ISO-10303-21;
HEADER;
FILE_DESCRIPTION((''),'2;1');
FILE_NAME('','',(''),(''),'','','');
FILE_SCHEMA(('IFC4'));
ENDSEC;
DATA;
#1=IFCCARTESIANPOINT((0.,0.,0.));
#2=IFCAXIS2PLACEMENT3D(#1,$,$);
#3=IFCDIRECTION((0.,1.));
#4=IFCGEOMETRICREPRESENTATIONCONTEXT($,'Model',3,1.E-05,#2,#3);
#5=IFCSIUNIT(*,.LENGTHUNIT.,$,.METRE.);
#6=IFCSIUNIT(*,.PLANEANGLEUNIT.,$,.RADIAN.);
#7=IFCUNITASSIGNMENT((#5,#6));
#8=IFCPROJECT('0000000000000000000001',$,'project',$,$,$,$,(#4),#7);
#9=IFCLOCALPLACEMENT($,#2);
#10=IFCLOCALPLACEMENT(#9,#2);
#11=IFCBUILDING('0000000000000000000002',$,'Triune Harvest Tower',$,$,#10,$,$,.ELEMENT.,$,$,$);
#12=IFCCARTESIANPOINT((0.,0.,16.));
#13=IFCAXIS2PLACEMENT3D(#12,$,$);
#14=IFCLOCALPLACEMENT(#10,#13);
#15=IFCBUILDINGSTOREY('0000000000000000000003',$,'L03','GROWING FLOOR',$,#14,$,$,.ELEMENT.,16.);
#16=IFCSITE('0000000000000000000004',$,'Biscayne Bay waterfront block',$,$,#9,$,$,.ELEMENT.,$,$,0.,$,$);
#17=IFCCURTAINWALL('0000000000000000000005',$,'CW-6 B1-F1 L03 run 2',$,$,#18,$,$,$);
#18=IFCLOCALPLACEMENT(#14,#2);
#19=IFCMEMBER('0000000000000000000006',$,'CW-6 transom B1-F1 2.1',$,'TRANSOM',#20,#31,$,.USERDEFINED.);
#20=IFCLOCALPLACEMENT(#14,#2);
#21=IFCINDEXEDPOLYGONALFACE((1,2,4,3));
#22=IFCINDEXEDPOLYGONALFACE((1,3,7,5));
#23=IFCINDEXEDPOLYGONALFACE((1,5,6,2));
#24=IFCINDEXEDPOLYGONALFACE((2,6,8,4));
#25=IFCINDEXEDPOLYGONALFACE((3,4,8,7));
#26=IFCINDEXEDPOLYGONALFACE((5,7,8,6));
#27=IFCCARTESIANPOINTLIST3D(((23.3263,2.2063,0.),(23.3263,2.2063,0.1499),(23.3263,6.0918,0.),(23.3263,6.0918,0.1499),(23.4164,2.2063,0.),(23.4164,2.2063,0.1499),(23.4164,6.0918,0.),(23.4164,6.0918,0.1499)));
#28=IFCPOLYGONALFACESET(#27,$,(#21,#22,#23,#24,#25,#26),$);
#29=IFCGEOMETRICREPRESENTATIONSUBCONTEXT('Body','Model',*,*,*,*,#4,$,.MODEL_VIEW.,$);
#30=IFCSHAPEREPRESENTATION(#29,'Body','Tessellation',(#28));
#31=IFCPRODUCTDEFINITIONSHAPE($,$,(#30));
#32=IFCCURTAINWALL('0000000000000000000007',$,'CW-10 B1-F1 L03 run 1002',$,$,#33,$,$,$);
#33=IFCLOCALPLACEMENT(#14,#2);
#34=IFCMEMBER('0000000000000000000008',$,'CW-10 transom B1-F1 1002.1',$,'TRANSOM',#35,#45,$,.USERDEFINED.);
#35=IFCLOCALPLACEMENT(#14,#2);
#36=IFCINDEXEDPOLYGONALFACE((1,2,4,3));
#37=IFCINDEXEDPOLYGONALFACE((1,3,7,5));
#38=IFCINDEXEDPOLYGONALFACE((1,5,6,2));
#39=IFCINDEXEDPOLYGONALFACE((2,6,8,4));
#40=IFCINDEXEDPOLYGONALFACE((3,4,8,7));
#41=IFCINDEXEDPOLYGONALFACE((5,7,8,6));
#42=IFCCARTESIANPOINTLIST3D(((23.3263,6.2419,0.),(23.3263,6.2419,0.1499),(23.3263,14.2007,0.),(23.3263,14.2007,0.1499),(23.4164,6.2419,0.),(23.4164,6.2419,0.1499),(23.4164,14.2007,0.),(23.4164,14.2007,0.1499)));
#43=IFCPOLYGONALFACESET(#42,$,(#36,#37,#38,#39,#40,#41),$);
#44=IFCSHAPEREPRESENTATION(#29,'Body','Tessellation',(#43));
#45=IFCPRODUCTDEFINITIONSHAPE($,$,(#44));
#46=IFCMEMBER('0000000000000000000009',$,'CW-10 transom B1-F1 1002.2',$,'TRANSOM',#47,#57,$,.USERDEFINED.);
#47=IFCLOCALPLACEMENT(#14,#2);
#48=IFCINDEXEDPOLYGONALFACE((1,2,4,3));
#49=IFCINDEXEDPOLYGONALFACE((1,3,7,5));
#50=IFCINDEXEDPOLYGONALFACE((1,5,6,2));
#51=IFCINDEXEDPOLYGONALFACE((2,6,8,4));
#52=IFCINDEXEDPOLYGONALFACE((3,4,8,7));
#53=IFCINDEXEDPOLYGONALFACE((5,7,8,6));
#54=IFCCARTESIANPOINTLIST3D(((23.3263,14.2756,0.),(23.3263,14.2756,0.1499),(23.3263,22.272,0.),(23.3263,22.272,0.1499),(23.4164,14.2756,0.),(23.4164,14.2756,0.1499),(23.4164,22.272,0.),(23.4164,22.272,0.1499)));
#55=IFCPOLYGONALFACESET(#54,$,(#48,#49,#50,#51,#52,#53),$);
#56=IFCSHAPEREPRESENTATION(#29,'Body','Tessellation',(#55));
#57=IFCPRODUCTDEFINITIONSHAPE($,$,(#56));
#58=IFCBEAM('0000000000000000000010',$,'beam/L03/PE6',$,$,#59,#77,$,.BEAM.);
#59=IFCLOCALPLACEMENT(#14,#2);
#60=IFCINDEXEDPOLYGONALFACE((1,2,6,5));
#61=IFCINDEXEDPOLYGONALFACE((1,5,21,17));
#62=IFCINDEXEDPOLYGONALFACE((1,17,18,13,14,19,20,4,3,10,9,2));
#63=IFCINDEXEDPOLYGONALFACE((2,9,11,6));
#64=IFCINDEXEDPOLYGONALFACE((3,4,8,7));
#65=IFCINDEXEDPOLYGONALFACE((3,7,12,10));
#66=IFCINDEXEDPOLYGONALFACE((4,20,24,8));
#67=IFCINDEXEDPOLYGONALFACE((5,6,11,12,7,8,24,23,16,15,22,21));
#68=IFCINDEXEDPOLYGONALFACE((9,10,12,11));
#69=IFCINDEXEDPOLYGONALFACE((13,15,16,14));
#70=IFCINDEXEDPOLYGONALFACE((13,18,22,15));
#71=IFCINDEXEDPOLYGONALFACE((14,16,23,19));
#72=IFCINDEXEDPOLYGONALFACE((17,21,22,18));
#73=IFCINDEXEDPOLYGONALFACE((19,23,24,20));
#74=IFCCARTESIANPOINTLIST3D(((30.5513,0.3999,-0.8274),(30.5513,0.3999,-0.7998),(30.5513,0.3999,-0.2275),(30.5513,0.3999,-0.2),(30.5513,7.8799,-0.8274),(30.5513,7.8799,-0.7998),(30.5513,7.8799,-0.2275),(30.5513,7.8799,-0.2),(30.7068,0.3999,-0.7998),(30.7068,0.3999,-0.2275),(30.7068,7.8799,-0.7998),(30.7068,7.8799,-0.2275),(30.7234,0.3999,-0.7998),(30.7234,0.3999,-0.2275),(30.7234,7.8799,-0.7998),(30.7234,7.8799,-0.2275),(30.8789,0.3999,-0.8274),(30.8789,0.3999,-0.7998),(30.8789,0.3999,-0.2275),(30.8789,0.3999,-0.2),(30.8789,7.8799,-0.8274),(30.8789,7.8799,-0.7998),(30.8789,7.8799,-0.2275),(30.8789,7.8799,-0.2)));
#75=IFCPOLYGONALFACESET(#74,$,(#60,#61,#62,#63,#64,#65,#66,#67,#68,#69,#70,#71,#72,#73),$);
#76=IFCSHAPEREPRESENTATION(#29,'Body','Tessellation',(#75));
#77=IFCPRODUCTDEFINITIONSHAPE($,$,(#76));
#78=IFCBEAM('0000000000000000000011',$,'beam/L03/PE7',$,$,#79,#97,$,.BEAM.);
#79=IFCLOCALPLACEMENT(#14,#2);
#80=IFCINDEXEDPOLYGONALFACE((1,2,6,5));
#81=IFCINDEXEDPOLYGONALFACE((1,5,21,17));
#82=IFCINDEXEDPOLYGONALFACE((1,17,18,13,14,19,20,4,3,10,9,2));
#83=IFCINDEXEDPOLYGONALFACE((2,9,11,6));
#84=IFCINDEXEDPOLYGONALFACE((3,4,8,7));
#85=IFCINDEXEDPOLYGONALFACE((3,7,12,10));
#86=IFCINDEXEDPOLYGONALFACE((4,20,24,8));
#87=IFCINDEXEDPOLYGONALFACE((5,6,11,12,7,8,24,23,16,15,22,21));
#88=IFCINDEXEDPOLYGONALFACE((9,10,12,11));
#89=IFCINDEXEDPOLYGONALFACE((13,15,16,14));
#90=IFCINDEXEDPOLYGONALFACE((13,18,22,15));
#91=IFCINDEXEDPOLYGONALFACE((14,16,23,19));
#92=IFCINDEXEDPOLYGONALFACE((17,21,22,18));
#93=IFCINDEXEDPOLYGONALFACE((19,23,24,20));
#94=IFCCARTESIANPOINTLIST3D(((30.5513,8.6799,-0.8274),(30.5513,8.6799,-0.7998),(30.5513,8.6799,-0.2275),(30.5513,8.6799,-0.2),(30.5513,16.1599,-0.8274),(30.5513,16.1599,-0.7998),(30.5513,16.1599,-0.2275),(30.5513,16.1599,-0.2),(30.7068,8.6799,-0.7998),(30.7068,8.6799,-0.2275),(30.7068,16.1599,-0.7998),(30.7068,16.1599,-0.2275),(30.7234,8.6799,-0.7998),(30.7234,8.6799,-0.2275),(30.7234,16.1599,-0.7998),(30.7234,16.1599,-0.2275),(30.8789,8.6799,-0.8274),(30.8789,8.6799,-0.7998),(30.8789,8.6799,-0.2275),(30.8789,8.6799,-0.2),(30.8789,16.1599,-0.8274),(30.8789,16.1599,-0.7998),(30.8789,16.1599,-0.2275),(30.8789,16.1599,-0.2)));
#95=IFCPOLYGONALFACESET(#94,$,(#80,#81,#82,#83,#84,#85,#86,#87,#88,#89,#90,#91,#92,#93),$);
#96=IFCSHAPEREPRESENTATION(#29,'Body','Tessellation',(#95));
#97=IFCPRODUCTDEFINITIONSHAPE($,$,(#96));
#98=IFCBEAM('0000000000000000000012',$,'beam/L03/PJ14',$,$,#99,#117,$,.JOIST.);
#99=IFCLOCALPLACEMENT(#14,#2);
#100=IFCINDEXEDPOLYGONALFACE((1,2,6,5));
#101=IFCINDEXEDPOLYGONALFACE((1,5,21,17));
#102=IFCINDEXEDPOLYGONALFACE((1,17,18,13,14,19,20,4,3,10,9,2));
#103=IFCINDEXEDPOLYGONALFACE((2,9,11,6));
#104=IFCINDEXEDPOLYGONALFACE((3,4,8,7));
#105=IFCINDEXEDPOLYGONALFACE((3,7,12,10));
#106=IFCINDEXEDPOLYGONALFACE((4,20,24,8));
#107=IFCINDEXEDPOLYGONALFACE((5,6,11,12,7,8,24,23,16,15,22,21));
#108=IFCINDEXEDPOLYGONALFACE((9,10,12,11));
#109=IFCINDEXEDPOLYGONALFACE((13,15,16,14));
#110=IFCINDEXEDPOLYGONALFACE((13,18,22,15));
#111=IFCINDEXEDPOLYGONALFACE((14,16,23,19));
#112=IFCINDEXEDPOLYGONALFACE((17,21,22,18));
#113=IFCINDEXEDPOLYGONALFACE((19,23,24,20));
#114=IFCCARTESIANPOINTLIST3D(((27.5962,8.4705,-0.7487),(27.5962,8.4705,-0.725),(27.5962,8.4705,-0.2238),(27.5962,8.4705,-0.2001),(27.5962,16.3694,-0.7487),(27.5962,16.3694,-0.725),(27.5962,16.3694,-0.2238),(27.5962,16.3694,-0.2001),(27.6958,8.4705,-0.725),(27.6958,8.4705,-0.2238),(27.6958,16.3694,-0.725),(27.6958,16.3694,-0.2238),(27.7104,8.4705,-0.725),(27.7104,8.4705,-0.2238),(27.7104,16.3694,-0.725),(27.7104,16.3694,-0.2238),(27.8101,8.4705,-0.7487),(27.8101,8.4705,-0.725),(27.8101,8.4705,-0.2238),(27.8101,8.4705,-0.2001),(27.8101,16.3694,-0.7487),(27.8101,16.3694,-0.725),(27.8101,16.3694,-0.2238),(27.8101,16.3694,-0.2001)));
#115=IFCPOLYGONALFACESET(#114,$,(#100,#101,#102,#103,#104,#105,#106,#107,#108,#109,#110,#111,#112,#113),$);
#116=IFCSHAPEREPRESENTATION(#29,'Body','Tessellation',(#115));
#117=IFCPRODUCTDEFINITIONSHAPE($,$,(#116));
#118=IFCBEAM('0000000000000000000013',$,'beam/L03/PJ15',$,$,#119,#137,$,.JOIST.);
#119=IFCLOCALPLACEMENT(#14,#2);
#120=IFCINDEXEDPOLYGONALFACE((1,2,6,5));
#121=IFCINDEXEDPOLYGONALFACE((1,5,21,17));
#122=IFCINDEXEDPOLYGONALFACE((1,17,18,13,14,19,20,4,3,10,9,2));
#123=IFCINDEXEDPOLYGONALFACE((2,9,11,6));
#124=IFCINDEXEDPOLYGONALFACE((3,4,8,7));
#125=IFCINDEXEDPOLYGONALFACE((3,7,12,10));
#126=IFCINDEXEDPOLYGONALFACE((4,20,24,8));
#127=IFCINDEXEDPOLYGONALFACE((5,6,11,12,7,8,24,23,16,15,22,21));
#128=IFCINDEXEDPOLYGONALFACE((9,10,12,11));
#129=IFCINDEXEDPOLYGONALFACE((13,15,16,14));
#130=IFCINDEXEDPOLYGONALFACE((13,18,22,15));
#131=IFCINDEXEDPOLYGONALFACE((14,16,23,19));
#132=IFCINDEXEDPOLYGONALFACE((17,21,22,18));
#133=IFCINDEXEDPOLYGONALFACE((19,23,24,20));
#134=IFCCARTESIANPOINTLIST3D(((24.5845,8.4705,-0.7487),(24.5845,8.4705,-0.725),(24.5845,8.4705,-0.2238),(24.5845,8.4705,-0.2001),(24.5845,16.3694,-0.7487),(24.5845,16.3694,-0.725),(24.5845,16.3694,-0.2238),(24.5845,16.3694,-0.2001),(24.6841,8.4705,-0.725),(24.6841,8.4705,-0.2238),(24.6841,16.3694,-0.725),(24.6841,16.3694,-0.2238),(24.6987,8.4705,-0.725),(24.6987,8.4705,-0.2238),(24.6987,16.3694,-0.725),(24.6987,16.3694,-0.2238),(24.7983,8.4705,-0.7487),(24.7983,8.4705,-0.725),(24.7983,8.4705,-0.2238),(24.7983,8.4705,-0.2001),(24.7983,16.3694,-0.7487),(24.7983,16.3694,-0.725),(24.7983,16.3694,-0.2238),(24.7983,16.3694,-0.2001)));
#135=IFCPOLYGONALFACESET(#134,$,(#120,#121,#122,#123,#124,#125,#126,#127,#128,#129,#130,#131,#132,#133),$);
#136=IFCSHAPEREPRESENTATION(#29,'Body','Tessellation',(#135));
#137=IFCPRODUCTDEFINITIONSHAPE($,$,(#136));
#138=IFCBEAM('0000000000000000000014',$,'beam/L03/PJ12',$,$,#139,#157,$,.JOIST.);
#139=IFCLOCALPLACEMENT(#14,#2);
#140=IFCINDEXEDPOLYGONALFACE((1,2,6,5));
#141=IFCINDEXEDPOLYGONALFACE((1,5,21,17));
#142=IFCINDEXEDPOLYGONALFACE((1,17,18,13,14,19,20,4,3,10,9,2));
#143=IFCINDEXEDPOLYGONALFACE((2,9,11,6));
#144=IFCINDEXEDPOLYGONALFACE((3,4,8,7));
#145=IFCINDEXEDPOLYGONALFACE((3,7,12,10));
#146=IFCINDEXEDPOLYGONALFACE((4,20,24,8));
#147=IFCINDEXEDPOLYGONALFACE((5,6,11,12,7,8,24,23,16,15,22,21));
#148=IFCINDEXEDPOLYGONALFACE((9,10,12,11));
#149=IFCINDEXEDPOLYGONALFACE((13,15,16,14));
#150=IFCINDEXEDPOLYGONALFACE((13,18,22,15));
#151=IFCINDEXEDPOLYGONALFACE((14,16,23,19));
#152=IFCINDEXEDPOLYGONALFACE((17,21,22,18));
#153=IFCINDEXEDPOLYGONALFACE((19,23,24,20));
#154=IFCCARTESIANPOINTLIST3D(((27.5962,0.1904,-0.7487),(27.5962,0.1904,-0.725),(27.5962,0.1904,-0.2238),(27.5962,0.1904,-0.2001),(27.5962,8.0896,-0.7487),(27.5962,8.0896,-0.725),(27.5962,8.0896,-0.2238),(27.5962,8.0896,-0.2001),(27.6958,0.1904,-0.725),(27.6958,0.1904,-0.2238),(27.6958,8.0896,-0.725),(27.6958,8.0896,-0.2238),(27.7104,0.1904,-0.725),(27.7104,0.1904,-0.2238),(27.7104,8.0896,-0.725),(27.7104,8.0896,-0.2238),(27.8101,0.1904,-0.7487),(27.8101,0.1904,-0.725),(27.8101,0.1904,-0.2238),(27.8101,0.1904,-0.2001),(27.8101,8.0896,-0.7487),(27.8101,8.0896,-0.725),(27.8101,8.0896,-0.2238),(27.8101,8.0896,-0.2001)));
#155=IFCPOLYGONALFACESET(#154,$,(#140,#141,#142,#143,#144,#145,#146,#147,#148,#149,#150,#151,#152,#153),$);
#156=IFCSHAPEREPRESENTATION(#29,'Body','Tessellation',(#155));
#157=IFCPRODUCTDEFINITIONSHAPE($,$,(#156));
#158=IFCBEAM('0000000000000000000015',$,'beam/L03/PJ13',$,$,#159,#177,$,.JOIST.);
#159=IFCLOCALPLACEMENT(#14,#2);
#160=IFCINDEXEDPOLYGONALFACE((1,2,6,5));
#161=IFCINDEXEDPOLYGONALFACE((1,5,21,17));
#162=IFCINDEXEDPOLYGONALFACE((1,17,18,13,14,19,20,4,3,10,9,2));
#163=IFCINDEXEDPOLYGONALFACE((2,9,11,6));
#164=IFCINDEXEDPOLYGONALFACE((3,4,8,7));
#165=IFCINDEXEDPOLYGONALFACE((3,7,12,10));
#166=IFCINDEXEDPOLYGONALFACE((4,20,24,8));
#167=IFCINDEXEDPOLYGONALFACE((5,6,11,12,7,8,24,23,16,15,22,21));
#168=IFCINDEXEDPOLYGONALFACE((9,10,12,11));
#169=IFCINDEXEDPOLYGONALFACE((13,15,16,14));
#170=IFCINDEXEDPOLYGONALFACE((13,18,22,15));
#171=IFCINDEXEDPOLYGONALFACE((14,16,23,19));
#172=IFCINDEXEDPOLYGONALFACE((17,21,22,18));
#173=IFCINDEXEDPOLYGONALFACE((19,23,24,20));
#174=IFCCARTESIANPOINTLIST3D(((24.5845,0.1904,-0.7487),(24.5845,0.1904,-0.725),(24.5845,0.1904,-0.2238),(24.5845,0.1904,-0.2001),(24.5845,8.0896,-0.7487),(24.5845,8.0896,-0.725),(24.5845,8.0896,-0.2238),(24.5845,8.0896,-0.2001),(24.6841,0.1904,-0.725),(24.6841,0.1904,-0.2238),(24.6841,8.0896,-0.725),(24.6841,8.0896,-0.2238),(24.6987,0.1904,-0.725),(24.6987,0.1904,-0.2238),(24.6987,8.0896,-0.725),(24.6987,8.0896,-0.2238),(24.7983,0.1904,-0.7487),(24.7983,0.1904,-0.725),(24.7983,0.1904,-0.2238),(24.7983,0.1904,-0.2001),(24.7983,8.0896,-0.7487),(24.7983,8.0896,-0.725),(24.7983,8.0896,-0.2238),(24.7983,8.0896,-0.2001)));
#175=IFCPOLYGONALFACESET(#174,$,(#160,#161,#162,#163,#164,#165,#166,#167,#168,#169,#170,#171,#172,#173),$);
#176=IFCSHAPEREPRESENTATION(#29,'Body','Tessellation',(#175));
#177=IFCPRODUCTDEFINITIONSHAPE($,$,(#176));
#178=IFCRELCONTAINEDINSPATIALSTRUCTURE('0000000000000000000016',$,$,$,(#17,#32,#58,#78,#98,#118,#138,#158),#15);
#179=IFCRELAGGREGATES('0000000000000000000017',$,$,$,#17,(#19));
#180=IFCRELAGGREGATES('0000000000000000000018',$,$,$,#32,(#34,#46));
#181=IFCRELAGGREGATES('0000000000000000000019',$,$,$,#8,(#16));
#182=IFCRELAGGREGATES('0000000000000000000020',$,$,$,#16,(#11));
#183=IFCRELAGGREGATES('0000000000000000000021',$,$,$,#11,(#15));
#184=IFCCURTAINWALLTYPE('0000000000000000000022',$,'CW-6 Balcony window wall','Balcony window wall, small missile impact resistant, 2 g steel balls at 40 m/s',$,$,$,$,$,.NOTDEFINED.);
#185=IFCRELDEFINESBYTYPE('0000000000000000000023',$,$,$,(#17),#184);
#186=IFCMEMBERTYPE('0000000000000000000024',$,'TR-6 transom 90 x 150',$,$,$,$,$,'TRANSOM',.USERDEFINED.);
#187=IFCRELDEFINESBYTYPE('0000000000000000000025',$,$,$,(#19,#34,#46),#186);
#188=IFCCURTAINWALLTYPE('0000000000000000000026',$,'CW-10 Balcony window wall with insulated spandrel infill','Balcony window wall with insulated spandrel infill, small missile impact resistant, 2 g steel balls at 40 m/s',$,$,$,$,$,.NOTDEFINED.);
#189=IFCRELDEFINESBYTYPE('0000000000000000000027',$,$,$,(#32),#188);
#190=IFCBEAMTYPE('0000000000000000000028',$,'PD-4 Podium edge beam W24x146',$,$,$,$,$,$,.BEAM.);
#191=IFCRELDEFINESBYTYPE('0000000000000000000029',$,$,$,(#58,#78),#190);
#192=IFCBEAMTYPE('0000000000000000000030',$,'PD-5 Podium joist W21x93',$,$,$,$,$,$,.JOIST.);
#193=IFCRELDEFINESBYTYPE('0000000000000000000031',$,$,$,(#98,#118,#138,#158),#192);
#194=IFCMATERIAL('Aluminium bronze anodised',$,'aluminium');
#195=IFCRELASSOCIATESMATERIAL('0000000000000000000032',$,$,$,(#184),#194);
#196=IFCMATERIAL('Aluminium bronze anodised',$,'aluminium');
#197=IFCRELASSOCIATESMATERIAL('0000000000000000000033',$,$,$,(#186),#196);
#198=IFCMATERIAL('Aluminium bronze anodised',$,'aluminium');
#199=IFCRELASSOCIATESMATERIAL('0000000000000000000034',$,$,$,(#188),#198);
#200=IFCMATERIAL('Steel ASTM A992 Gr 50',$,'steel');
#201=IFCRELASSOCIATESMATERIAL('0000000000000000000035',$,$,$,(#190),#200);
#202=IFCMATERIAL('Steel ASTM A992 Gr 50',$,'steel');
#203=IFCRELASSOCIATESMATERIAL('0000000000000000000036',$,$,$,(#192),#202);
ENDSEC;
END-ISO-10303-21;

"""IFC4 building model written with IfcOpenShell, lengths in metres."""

from ifc_helpers import new_model, si_unit, direction, frame, origin, origin_2d, place, context, subcontext, project, spatial, rectangle, i_section, extrude, source, transform, mapped, material, material_profile, profile_set, type_object, element, aggregate, save


model = new_model("IFC4")

# Units and contexts
model_context = context("Model", 3, precision=1e-05, world=origin(), true_north=direction((0.0, 1.0)))
body_context = subcontext(model_context, "Body", "Model", "MODEL_VIEW")
ifc_project = project(units=[si_unit("LENGTHUNIT", "METRE"), si_unit("PLANEANGLEUNIT", "RADIAN")], contexts=[model_context])

# Site, building, storey
site_placement = place(None, origin())
site = spatial("IfcSite", under=ifc_project, at=site_placement, Name="Biscayne Bay waterfront block", CompositionType="ELEMENT", RefElevation=0.0)
building_placement = place(site_placement, origin())
building = spatial("IfcBuilding", under=site, at=building_placement, Name="Triune Harvest Tower", CompositionType="ELEMENT")
storey_placement = place(building_placement, frame((0.0, 0.0, 16.0)))
storey = spatial("IfcBuildingStorey", under=building, at=storey_placement, Name="L03", Description="GROWING FLOOR", CompositionType="ELEMENT", Elevation=16.0)

# Curtain wall, member
ifc_material_1 = material(Name="Aluminium bronze anodised", Category="aluminium")
curtain_wall_type_1 = type_object("IfcCurtainWallType", Name="CW-6 Balcony window wall", Description="Balcony window wall, small missile impact resistant, 2 g steel balls at 40 m/s", PredefinedType="NOTDEFINED", material=ifc_material_1)
curtain_wall_1_placement = place(storey_placement, origin())
curtain_wall_1 = element("IfcCurtainWall", 1, at=curtain_wall_1_placement, inside=storey, type_object=curtain_wall_type_1, Name="CW-6 B1-F1 L03 run 2")
ifc_material_2 = material(Name="Aluminium bronze anodised", Category="aluminium")
ifc_material_profile_1 = material_profile(ifc_material_2, rectangle(XDim=0.0901, YDim=0.1499, at=origin_2d()), Name="TR-6 transom 90 x 150")
ifc_profile_set_1 = profile_set([ifc_material_profile_1], Name="Aluminium bronze anodised")
member_type_1 = type_object("IfcMemberType", Name="TR-6 transom 90 x 150", ElementType="TRANSOM", PredefinedType="USERDEFINED", material=ifc_profile_set_1)
member_1_placement = place(storey_placement, frame((23.3713, 2.2063, 0.075), z_axis=(0.0, 1.0, 0.0), x_axis=(-1.0, 0.0, 0.0)))
member_1 = element("IfcMember", 2, at=member_1_placement, type_object=member_type_1, Name="CW-6 transom B1-F1 2.1", ObjectType="TRANSOM", PredefinedType="USERDEFINED", context=body_context, shape_type="SweptSolid", body=[
    extrude(rectangle(XDim=0.0901, YDim=0.1499, at=origin_2d()), origin(), (0.0, 0.0, 1.0), 3.8855),
])

# Curtain wall, members
ifc_material_3 = material(Name="Aluminium bronze anodised", Category="aluminium")
curtain_wall_type_2 = type_object("IfcCurtainWallType", Name="CW-10 Balcony window wall with insulated spandrel infill", Description="Balcony window wall with insulated spandrel infill, small missile impact resistant, 2 g steel balls at 40 m/s", PredefinedType="NOTDEFINED", material=ifc_material_3)
curtain_wall_2_placement = place(storey_placement, origin())
curtain_wall_2 = element("IfcCurtainWall", 3, at=curtain_wall_2_placement, inside=storey, type_object=curtain_wall_type_2, Name="CW-10 B1-F1 L03 run 1002")
member_2_placement = place(storey_placement, frame((23.3713, 6.2419, 0.075), z_axis=(0.0, 1.0, 0.0), x_axis=(-1.0, 0.0, 0.0)))
member_2 = element("IfcMember", 4, at=member_2_placement, type_object=member_type_1, Name="CW-10 transom B1-F1 1002.1", ObjectType="TRANSOM", PredefinedType="USERDEFINED", context=body_context, shape_type="SweptSolid", body=[
    extrude(rectangle(XDim=0.0901, YDim=0.1499, at=origin_2d()), origin(), (0.0, 0.0, 1.0), 7.9587),
])
member_3_placement = place(storey_placement, frame((23.3713, 14.2756, 0.075), z_axis=(0.0, 1.0, 0.0), x_axis=(-1.0, 0.0, 0.0)))
member_3 = element("IfcMember", 5, at=member_3_placement, type_object=member_type_1, Name="CW-10 transom B1-F1 1002.2", ObjectType="TRANSOM", PredefinedType="USERDEFINED", context=body_context, shape_type="SweptSolid", body=[
    extrude(rectangle(XDim=0.0901, YDim=0.1499, at=origin_2d()), origin(), (0.0, 0.0, 1.0), 7.9963),
])

# Beams
ifc_material_4 = material(Name="Steel ASTM A992 Gr 50", Category="steel")
ifc_material_profile_2 = material_profile(ifc_material_4, i_section(OverallWidth=0.3276, OverallDepth=0.6274, WebThickness=0.0166, FlangeThickness=0.0276, at=origin_2d()), Name="W24x146")
ifc_profile_set_2 = profile_set([ifc_material_profile_2], Name="Steel ASTM A992 Gr 50")
beam_type_1 = type_object("IfcBeamType", Name="PD-4 Podium edge beam W24x146", PredefinedType="BEAM", material=ifc_profile_set_2)
shared_shape_1 = source(origin(), body_context, "Body", "SweptSolid", [
    extrude(i_section(OverallWidth=0.3276, OverallDepth=0.6274, WebThickness=0.0166, FlangeThickness=0.0276, at=origin_2d()), origin(), (0.0, 0.0, 1.0), 7.48),
])
for number, where, z_axis, x_axis, name in (
    (6, (30.7151, 0.3999, -0.5137), (0.0, 1.0, 0.0), (-1.0, 0.0, 0.0), "beam/L03/PE6"),
    (7, (30.7151, 8.6799, -0.5137), (0.0, 1.0, 0.0), (-1.0, 0.0, 0.0), "beam/L03/PE7"),
):
    element("IfcBeam", number, at=place(storey_placement, frame(where, z_axis=z_axis, x_axis=x_axis)), inside=storey, type_object=beam_type_1, Name=name, PredefinedType="BEAM", context=body_context, shape_type="MappedRepresentation", body=[
        mapped(shared_shape_1, transform((0.0, 0.0, 0.0), scale=1.0)),
    ])
ifc_material_5 = material(Name="Steel ASTM A992 Gr 50", Category="steel")
ifc_material_profile_3 = material_profile(ifc_material_5, i_section(OverallWidth=0.2139, OverallDepth=0.5486, WebThickness=0.0146, FlangeThickness=0.0237, at=origin_2d()), Name="W21x93")
ifc_profile_set_3 = profile_set([ifc_material_profile_3], Name="Steel ASTM A992 Gr 50")
beam_type_2 = type_object("IfcBeamType", Name="PD-5 Podium joist W21x93", PredefinedType="JOIST", material=ifc_profile_set_3)
shared_shape_2 = source(origin(), body_context, "Body", "SweptSolid", [
    extrude(i_section(OverallWidth=0.2139, OverallDepth=0.5486, WebThickness=0.0146, FlangeThickness=0.0237, at=origin_2d()), origin(), (0.0, 0.0, 1.0), 7.8989),
])
for number, where, z_axis, x_axis, name in (
    (8, (27.7031, 8.4705, -0.4744), (0.0, 1.0, 0.0), (-1.0, 0.0, 0.0), "beam/L03/PJ14"),
    (9, (24.6914, 8.4705, -0.4744), (0.0, 1.0, 0.0), (-1.0, 0.0, 0.0), "beam/L03/PJ15"),
):
    element("IfcBeam", number, at=place(storey_placement, frame(where, z_axis=z_axis, x_axis=x_axis)), inside=storey, type_object=beam_type_2, Name=name, PredefinedType="JOIST", context=body_context, shape_type="MappedRepresentation", body=[
        mapped(shared_shape_2, transform((0.0, 0.0, 0.0), scale=1.0)),
    ])
shared_shape_3 = source(origin(), body_context, "Body", "SweptSolid", [
    extrude(i_section(OverallWidth=0.2139, OverallDepth=0.5486, WebThickness=0.0146, FlangeThickness=0.0237, at=origin_2d()), origin(), (0.0, 0.0, 1.0), 7.8992),
])
for number, where, z_axis, x_axis, name in (
    (10, (27.7031, 0.1904, -0.4744), (0.0, 1.0, 0.0), (-1.0, 0.0, 0.0), "beam/L03/PJ12"),
    (11, (24.6914, 0.1904, -0.4744), (0.0, 1.0, 0.0), (-1.0, 0.0, 0.0), "beam/L03/PJ13"),
):
    element("IfcBeam", number, at=place(storey_placement, frame(where, z_axis=z_axis, x_axis=x_axis)), inside=storey, type_object=beam_type_2, Name=name, PredefinedType="JOIST", context=body_context, shape_type="MappedRepresentation", body=[
        mapped(shared_shape_3, transform((0.0, 0.0, 0.0), scale=1.0)),
    ])

aggregate(curtain_wall_1, [member_1])
aggregate(curtain_wall_2, [member_2, member_3])

save(model, "model.ifc")
